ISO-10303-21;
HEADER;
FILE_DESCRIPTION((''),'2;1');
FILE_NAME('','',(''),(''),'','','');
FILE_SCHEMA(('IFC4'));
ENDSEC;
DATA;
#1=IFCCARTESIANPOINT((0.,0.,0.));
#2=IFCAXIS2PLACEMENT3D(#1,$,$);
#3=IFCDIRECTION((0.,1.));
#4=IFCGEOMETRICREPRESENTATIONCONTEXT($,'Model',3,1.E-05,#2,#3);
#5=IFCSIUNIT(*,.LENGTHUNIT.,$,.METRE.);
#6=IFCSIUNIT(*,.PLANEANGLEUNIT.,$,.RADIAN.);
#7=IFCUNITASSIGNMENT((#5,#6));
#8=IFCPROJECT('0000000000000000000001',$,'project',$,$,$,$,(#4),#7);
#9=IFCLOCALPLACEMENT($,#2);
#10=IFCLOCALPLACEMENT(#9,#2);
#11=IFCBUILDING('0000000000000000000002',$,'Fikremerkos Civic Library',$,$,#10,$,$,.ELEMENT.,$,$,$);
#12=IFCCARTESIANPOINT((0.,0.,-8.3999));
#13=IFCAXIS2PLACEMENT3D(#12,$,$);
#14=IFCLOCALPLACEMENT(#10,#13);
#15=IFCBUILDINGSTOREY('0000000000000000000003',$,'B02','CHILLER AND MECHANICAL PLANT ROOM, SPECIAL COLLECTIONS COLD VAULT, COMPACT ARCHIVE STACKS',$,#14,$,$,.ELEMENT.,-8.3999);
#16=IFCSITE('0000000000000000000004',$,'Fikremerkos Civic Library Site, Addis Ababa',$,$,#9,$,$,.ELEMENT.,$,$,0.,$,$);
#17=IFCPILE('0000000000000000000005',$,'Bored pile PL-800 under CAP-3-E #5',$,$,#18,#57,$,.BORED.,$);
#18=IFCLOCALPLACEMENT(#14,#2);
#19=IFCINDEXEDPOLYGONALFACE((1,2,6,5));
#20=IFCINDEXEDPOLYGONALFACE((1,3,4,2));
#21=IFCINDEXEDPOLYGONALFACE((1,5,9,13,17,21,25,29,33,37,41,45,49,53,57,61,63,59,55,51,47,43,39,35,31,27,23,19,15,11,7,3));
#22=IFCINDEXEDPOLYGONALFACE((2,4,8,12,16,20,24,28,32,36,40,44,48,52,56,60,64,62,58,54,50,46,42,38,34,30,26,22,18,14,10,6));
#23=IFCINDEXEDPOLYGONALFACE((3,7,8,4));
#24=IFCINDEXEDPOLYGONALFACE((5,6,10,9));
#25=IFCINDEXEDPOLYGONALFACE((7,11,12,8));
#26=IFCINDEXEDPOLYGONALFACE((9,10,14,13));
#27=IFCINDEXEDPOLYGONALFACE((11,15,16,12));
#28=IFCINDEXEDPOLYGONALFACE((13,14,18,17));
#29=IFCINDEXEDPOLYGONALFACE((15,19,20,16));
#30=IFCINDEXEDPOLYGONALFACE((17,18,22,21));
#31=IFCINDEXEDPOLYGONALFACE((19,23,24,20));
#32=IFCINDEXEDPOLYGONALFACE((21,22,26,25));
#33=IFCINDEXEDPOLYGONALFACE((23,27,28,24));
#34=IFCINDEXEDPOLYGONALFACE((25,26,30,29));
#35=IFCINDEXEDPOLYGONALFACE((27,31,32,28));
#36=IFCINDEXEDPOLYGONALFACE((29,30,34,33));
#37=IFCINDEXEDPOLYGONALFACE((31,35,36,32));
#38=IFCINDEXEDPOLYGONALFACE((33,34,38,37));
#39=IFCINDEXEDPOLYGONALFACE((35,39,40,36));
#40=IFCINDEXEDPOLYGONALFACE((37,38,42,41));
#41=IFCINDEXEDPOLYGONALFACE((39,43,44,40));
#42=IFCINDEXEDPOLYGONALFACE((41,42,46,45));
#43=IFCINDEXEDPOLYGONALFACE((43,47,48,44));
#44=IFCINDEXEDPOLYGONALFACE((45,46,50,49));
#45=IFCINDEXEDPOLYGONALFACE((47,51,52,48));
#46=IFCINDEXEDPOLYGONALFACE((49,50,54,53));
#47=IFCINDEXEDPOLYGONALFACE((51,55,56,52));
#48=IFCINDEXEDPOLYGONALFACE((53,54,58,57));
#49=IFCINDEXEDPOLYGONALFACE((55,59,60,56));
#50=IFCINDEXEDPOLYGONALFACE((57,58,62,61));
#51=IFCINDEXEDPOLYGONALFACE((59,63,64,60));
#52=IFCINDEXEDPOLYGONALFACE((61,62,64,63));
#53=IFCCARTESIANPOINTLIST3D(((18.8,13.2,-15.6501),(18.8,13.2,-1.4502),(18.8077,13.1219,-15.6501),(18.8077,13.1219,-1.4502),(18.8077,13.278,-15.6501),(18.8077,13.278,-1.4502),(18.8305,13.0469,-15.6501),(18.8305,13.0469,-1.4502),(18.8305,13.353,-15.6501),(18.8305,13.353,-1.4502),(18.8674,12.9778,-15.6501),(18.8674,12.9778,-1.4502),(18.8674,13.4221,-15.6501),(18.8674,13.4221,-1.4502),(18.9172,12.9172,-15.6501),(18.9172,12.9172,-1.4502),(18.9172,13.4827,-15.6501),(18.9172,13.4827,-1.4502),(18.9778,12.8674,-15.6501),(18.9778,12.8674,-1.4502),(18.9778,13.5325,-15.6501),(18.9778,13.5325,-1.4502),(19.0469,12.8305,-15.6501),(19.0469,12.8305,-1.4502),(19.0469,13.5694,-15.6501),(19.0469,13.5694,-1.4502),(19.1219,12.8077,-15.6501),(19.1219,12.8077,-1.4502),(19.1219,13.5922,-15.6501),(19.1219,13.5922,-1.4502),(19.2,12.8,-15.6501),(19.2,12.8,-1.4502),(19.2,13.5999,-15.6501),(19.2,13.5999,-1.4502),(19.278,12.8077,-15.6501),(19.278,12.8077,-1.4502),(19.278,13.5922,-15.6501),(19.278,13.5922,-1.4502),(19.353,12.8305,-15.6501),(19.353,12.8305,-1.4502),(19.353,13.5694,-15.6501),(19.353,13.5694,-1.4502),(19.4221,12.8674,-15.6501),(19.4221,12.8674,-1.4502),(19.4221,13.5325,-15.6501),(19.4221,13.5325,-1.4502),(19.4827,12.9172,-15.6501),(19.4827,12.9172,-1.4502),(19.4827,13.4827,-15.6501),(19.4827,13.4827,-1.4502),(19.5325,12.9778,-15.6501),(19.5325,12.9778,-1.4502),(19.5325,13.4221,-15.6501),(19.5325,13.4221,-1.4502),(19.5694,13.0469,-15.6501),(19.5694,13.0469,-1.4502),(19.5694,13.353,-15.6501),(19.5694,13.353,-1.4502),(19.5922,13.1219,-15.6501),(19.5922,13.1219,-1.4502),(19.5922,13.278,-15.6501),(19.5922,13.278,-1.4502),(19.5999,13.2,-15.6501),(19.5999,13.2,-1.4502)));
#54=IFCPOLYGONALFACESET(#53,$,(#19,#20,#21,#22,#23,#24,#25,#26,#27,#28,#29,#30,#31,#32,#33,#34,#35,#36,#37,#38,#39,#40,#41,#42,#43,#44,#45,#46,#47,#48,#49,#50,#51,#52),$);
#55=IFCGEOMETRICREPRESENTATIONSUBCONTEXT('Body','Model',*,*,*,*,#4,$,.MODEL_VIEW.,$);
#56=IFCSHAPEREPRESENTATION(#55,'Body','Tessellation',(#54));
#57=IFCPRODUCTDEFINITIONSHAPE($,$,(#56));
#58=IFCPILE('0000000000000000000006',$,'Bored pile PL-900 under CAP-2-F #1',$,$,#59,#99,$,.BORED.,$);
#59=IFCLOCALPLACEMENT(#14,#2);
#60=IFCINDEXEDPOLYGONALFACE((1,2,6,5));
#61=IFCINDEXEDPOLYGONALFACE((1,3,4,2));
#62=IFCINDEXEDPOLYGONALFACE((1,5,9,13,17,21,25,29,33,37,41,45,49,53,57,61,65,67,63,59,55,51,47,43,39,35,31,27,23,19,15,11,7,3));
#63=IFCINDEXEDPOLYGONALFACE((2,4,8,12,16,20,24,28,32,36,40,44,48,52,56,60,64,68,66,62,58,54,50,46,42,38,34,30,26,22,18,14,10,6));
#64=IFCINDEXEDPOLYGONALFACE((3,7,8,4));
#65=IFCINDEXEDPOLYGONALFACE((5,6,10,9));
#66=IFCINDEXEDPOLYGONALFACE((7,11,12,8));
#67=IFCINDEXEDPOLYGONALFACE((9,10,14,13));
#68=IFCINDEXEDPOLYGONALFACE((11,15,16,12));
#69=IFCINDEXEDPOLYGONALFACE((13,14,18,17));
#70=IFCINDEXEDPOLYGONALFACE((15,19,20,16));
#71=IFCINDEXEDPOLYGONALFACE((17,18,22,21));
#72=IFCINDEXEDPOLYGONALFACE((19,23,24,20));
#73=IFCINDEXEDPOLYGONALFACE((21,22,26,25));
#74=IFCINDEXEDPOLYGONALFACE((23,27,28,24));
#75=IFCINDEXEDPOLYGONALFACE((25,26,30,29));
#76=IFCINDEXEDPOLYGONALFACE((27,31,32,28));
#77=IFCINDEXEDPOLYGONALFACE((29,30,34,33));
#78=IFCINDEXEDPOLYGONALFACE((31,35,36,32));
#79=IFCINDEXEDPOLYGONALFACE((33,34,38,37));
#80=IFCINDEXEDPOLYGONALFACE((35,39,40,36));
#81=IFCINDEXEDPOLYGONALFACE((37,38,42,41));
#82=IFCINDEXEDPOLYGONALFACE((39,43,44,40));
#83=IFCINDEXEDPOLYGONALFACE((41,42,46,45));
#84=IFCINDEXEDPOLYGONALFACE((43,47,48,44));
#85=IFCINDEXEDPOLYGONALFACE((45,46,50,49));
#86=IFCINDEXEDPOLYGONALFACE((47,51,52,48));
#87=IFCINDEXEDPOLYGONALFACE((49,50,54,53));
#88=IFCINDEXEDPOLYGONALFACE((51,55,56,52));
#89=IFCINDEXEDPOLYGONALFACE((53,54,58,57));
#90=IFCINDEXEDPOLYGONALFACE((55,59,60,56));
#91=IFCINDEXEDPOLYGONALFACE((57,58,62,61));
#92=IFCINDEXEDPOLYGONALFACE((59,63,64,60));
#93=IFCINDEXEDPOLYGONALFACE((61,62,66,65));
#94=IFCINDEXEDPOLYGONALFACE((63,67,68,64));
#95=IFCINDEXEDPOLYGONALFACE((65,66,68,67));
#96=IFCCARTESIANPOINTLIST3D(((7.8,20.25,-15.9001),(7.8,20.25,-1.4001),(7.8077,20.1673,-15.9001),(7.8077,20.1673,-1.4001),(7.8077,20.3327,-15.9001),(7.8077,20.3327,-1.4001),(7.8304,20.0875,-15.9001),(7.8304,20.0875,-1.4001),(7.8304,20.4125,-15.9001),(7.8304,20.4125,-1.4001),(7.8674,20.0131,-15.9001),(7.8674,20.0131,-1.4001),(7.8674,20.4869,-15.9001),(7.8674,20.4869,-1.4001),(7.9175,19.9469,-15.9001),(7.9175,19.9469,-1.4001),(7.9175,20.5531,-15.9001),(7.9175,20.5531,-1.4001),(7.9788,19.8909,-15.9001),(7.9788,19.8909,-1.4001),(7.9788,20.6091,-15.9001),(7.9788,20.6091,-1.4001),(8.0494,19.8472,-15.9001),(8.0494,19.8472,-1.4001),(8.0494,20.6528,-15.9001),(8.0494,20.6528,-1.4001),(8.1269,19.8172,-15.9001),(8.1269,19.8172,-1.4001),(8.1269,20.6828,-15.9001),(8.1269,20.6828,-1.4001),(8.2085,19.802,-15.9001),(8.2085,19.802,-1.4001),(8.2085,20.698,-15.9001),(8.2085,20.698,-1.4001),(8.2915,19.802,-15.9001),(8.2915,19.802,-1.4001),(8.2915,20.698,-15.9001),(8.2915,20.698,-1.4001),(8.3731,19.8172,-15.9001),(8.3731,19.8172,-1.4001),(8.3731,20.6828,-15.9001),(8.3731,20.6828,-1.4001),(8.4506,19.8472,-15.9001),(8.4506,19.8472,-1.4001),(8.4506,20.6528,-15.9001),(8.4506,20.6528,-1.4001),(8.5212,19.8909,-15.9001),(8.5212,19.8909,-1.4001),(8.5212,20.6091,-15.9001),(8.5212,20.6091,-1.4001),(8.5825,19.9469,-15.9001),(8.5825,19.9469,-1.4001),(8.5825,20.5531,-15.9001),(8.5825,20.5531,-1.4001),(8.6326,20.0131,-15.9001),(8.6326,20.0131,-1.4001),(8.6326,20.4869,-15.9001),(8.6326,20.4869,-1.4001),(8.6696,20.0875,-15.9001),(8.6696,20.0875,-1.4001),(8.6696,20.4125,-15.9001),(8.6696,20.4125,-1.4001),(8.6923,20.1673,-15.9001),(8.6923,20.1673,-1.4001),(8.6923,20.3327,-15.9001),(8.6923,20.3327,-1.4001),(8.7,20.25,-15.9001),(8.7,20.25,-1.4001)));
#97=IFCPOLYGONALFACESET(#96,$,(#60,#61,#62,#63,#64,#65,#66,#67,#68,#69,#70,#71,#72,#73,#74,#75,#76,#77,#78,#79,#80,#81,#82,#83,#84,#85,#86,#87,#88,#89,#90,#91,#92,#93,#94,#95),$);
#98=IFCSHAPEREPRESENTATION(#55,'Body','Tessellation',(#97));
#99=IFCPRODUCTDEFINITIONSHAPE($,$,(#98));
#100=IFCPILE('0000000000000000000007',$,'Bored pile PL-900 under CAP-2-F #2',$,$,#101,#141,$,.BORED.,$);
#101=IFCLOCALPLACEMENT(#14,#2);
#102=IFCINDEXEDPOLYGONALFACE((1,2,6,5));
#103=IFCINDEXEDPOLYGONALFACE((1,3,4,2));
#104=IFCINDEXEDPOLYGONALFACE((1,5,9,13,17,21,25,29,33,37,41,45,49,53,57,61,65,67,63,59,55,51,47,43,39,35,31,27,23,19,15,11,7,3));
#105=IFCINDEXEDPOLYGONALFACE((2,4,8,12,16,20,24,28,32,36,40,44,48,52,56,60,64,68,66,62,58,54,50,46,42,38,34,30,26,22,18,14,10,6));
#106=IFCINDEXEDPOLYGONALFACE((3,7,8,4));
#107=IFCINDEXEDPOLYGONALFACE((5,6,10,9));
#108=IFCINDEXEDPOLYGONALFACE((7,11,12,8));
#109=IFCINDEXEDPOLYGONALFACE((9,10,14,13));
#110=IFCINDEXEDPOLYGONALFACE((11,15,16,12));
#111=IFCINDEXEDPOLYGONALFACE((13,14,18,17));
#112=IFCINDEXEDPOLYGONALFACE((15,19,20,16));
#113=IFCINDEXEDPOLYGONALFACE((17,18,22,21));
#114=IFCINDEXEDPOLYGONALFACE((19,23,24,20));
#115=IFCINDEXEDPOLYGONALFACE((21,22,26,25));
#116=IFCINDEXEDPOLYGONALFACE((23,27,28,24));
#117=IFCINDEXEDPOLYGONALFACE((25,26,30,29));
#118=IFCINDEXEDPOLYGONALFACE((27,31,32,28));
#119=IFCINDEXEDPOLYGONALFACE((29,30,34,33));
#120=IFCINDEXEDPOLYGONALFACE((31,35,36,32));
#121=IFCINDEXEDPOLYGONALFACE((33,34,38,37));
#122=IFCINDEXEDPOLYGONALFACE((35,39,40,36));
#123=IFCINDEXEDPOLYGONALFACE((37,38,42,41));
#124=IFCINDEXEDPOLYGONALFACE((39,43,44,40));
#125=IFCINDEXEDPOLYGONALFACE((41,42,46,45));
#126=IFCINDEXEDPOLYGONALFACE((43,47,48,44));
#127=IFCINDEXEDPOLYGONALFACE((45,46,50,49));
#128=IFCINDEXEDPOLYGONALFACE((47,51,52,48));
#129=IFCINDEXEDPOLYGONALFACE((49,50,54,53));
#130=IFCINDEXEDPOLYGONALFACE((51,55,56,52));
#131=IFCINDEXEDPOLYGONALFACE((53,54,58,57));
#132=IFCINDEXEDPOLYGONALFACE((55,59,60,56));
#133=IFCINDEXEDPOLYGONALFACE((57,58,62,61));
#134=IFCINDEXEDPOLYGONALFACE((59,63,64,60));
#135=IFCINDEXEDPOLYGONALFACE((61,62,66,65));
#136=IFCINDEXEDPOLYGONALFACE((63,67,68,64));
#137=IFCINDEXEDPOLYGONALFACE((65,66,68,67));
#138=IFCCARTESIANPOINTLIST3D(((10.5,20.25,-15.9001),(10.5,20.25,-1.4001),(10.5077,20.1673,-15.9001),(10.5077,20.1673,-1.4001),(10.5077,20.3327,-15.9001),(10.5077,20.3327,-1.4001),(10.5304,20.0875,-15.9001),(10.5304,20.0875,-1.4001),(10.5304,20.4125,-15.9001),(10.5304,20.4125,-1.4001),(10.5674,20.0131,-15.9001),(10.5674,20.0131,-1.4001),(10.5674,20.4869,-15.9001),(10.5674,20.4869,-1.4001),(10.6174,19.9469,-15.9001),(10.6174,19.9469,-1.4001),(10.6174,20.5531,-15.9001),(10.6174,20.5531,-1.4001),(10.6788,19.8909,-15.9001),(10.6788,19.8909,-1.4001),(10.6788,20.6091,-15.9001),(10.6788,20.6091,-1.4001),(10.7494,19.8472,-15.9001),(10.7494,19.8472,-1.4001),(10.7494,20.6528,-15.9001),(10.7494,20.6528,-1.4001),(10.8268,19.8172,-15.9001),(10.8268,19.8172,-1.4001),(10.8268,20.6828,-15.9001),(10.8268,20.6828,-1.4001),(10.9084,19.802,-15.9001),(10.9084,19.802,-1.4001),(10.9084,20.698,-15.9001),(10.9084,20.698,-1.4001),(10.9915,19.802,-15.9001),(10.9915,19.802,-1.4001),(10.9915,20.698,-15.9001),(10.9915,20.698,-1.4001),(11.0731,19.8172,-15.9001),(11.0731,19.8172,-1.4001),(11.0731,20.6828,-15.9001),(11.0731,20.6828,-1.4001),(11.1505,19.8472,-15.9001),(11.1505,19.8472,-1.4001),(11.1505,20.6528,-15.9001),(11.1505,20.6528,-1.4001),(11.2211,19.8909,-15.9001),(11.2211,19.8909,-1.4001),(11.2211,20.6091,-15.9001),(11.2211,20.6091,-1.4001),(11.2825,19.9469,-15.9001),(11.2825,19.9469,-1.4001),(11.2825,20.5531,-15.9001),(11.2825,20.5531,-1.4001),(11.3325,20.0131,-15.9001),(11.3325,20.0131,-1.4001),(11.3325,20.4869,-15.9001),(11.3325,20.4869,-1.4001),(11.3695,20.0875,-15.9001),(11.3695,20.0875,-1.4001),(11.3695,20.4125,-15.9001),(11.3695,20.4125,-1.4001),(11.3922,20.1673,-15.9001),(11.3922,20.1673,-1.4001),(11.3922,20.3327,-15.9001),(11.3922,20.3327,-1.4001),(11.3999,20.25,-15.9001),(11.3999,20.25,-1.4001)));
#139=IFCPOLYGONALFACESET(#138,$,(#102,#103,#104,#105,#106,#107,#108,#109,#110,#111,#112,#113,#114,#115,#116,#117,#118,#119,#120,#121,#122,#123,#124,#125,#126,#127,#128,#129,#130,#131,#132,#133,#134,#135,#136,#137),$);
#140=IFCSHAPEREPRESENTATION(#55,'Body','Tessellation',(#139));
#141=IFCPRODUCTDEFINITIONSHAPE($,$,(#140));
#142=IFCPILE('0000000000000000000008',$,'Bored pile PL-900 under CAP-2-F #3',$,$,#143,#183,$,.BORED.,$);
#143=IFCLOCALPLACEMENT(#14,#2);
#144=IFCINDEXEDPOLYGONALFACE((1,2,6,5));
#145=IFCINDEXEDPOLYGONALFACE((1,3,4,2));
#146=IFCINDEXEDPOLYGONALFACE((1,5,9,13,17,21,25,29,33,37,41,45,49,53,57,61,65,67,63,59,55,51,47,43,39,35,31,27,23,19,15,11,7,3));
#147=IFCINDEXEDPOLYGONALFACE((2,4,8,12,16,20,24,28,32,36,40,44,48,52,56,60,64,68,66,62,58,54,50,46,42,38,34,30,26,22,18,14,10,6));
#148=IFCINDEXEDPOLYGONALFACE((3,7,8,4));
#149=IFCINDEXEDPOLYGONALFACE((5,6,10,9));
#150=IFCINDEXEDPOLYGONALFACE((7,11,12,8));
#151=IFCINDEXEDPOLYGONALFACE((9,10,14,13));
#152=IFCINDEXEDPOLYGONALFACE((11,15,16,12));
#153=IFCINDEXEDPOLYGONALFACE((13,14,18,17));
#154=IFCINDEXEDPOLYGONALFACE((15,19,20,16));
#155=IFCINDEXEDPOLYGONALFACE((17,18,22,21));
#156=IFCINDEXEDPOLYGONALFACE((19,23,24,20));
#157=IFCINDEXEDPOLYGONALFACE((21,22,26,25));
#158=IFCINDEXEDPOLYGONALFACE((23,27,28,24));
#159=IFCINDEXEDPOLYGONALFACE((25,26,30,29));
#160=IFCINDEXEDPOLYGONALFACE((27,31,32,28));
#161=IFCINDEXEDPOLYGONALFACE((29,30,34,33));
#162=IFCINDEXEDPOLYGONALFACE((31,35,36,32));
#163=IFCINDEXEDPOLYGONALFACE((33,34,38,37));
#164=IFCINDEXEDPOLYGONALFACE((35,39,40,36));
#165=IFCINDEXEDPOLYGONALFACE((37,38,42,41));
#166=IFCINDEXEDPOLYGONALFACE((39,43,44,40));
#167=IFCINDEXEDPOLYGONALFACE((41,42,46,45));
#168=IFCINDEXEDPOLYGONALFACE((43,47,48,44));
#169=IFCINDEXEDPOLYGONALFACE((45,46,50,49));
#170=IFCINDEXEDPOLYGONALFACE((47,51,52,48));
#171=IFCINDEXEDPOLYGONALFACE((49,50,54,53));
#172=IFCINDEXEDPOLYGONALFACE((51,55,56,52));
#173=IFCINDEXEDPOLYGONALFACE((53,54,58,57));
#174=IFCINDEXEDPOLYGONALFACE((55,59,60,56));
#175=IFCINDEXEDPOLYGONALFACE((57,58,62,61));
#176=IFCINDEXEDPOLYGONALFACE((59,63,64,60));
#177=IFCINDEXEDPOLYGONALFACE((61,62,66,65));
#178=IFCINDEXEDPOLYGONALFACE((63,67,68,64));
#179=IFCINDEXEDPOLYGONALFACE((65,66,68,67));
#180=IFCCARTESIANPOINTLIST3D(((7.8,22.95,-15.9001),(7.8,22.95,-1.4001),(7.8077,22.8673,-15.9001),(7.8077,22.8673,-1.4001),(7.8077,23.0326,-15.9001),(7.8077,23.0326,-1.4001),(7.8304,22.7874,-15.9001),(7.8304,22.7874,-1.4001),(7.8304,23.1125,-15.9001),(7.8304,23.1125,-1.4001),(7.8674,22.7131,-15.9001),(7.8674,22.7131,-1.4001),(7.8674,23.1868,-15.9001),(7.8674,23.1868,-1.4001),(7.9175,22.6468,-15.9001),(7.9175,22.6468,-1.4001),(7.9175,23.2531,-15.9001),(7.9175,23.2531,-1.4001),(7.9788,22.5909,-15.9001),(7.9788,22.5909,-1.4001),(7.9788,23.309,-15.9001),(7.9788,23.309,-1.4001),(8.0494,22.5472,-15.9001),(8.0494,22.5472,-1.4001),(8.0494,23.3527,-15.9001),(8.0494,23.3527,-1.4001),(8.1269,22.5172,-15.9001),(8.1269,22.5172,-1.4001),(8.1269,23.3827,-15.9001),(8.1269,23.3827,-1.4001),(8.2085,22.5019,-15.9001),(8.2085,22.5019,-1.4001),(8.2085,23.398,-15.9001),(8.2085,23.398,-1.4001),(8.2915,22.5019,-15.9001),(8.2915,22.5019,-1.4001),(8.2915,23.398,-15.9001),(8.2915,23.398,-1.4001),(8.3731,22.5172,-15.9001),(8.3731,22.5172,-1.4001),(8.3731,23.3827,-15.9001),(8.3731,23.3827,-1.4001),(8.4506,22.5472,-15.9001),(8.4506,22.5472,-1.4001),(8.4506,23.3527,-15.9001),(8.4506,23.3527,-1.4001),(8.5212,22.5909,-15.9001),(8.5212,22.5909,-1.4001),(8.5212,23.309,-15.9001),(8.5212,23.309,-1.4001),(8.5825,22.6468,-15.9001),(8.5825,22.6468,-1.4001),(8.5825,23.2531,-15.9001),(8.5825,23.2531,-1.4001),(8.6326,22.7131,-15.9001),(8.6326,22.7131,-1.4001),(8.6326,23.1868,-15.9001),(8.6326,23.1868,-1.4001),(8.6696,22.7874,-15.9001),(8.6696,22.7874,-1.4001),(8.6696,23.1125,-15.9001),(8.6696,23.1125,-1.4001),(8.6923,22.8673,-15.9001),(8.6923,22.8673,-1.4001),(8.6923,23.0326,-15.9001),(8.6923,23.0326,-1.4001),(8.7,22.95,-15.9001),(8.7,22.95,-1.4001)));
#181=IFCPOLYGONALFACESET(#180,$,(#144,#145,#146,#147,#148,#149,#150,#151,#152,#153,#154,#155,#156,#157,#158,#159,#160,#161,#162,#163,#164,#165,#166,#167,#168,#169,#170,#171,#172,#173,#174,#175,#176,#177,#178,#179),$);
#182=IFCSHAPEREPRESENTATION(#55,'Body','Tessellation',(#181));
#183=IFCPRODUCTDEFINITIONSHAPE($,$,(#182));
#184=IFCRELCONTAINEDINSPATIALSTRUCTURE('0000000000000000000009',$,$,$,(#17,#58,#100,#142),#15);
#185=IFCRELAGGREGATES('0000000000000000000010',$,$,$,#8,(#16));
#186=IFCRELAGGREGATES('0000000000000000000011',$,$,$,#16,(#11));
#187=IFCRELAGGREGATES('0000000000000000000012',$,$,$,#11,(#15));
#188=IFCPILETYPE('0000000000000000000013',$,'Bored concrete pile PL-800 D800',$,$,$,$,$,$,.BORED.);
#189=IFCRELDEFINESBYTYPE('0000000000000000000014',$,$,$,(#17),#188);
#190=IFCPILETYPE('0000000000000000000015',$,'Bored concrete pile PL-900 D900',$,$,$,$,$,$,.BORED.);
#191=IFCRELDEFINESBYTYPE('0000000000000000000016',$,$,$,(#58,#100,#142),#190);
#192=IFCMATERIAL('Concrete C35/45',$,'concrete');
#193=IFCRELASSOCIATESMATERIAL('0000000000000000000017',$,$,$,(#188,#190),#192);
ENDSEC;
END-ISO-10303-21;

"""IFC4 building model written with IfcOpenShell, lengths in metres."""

from ifc_helpers import new_model, si_unit, direction, frame, origin, origin_2d, place, context, subcontext, project, spatial, circle, extrude, material, material_profile, profile_set, type_object, element, save


model = new_model("IFC4")

# Units and contexts
model_context = context("Model", 3, precision=1e-05, world=origin(), true_north=direction((0.0, 1.0)))
body_context = subcontext(model_context, "Body", "Model", "MODEL_VIEW")
ifc_project = project(units=[si_unit("LENGTHUNIT", "METRE"), si_unit("PLANEANGLEUNIT", "RADIAN")], contexts=[model_context])

# Site, building, storey
site_placement = place(None, origin())
site = spatial("IfcSite", under=ifc_project, at=site_placement, Name="Fikremerkos Civic Library Site, Addis Ababa", CompositionType="ELEMENT", RefElevation=0.0)
building_placement = place(site_placement, origin())
building = spatial("IfcBuilding", under=site, at=building_placement, Name="Fikremerkos Civic Library", CompositionType="ELEMENT")
storey_placement = place(building_placement, frame((0.0, 0.0, -8.3999)))
storey = spatial("IfcBuildingStorey", under=building, at=storey_placement, Name="B02", Description="CHILLER AND MECHANICAL PLANT ROOM, SPECIAL COLLECTIONS COLD VAULT, COMPACT ARCHIVE STACKS", CompositionType="ELEMENT", Elevation=-8.3999)

# Piles
ifc_material_1 = material(Name="Concrete C35/45", Category="concrete")
ifc_material_profile_1 = material_profile(ifc_material_1, circle(Radius=0.3999, at=origin_2d()), Name="BORED PILE 800")
ifc_profile_set_1 = profile_set([ifc_material_profile_1], Name="Concrete C35/45")
pile_type_1 = type_object("IfcPileType", Name="Bored concrete pile PL-800 D800", PredefinedType="BORED", material=ifc_profile_set_1)
pile_placement = place(storey_placement, frame((19.2, 13.2, -1.4502), z_axis=(0.0, 0.0, -1.0), x_axis=(1.0, 0.0, 0.0)))
element("IfcPile", 1, at=pile_placement, inside=storey, type_object=pile_type_1, Name="Bored pile PL-800 under CAP-3-E #5", PredefinedType="BORED", context=body_context, shape_type="SweptSolid", body=[
    extrude(circle(Radius=0.3999, at=origin_2d()), origin(), (0.0, 0.0, 1.0), 14.2),
])
ifc_material_profile_2 = material_profile(ifc_material_1, circle(Radius=0.45, at=origin_2d()), Name="BORED PILE 900")
ifc_profile_set_2 = profile_set([ifc_material_profile_2], Name="Concrete C35/45")
pile_type_2 = type_object("IfcPileType", Name="Bored concrete pile PL-900 D900", PredefinedType="BORED", material=ifc_profile_set_2)
for number, where, z_axis, x_axis, name in (
    (2, (8.25, 20.25, -1.4001), (0.0, 0.0, -1.0), (1.0, 0.0, 0.0), "Bored pile PL-900 under CAP-2-F #1"),
    (3, (10.95, 20.25, -1.4001), (0.0, 0.0, -1.0), (1.0, 0.0, 0.0), "Bored pile PL-900 under CAP-2-F #2"),
    (4, (8.25, 22.95, -1.4001), (0.0, 0.0, -1.0), (1.0, 0.0, 0.0), "Bored pile PL-900 under CAP-2-F #3"),
):
    element("IfcPile", number, at=place(storey_placement, frame(where, z_axis=z_axis, x_axis=x_axis)), inside=storey, type_object=pile_type_2, Name=name, PredefinedType="BORED", context=body_context, shape_type="SweptSolid", body=[
        extrude(circle(Radius=0.45, at=origin_2d()), origin(), (0.0, 0.0, 1.0), 14.5),
    ])

save(model, "model.ifc")
